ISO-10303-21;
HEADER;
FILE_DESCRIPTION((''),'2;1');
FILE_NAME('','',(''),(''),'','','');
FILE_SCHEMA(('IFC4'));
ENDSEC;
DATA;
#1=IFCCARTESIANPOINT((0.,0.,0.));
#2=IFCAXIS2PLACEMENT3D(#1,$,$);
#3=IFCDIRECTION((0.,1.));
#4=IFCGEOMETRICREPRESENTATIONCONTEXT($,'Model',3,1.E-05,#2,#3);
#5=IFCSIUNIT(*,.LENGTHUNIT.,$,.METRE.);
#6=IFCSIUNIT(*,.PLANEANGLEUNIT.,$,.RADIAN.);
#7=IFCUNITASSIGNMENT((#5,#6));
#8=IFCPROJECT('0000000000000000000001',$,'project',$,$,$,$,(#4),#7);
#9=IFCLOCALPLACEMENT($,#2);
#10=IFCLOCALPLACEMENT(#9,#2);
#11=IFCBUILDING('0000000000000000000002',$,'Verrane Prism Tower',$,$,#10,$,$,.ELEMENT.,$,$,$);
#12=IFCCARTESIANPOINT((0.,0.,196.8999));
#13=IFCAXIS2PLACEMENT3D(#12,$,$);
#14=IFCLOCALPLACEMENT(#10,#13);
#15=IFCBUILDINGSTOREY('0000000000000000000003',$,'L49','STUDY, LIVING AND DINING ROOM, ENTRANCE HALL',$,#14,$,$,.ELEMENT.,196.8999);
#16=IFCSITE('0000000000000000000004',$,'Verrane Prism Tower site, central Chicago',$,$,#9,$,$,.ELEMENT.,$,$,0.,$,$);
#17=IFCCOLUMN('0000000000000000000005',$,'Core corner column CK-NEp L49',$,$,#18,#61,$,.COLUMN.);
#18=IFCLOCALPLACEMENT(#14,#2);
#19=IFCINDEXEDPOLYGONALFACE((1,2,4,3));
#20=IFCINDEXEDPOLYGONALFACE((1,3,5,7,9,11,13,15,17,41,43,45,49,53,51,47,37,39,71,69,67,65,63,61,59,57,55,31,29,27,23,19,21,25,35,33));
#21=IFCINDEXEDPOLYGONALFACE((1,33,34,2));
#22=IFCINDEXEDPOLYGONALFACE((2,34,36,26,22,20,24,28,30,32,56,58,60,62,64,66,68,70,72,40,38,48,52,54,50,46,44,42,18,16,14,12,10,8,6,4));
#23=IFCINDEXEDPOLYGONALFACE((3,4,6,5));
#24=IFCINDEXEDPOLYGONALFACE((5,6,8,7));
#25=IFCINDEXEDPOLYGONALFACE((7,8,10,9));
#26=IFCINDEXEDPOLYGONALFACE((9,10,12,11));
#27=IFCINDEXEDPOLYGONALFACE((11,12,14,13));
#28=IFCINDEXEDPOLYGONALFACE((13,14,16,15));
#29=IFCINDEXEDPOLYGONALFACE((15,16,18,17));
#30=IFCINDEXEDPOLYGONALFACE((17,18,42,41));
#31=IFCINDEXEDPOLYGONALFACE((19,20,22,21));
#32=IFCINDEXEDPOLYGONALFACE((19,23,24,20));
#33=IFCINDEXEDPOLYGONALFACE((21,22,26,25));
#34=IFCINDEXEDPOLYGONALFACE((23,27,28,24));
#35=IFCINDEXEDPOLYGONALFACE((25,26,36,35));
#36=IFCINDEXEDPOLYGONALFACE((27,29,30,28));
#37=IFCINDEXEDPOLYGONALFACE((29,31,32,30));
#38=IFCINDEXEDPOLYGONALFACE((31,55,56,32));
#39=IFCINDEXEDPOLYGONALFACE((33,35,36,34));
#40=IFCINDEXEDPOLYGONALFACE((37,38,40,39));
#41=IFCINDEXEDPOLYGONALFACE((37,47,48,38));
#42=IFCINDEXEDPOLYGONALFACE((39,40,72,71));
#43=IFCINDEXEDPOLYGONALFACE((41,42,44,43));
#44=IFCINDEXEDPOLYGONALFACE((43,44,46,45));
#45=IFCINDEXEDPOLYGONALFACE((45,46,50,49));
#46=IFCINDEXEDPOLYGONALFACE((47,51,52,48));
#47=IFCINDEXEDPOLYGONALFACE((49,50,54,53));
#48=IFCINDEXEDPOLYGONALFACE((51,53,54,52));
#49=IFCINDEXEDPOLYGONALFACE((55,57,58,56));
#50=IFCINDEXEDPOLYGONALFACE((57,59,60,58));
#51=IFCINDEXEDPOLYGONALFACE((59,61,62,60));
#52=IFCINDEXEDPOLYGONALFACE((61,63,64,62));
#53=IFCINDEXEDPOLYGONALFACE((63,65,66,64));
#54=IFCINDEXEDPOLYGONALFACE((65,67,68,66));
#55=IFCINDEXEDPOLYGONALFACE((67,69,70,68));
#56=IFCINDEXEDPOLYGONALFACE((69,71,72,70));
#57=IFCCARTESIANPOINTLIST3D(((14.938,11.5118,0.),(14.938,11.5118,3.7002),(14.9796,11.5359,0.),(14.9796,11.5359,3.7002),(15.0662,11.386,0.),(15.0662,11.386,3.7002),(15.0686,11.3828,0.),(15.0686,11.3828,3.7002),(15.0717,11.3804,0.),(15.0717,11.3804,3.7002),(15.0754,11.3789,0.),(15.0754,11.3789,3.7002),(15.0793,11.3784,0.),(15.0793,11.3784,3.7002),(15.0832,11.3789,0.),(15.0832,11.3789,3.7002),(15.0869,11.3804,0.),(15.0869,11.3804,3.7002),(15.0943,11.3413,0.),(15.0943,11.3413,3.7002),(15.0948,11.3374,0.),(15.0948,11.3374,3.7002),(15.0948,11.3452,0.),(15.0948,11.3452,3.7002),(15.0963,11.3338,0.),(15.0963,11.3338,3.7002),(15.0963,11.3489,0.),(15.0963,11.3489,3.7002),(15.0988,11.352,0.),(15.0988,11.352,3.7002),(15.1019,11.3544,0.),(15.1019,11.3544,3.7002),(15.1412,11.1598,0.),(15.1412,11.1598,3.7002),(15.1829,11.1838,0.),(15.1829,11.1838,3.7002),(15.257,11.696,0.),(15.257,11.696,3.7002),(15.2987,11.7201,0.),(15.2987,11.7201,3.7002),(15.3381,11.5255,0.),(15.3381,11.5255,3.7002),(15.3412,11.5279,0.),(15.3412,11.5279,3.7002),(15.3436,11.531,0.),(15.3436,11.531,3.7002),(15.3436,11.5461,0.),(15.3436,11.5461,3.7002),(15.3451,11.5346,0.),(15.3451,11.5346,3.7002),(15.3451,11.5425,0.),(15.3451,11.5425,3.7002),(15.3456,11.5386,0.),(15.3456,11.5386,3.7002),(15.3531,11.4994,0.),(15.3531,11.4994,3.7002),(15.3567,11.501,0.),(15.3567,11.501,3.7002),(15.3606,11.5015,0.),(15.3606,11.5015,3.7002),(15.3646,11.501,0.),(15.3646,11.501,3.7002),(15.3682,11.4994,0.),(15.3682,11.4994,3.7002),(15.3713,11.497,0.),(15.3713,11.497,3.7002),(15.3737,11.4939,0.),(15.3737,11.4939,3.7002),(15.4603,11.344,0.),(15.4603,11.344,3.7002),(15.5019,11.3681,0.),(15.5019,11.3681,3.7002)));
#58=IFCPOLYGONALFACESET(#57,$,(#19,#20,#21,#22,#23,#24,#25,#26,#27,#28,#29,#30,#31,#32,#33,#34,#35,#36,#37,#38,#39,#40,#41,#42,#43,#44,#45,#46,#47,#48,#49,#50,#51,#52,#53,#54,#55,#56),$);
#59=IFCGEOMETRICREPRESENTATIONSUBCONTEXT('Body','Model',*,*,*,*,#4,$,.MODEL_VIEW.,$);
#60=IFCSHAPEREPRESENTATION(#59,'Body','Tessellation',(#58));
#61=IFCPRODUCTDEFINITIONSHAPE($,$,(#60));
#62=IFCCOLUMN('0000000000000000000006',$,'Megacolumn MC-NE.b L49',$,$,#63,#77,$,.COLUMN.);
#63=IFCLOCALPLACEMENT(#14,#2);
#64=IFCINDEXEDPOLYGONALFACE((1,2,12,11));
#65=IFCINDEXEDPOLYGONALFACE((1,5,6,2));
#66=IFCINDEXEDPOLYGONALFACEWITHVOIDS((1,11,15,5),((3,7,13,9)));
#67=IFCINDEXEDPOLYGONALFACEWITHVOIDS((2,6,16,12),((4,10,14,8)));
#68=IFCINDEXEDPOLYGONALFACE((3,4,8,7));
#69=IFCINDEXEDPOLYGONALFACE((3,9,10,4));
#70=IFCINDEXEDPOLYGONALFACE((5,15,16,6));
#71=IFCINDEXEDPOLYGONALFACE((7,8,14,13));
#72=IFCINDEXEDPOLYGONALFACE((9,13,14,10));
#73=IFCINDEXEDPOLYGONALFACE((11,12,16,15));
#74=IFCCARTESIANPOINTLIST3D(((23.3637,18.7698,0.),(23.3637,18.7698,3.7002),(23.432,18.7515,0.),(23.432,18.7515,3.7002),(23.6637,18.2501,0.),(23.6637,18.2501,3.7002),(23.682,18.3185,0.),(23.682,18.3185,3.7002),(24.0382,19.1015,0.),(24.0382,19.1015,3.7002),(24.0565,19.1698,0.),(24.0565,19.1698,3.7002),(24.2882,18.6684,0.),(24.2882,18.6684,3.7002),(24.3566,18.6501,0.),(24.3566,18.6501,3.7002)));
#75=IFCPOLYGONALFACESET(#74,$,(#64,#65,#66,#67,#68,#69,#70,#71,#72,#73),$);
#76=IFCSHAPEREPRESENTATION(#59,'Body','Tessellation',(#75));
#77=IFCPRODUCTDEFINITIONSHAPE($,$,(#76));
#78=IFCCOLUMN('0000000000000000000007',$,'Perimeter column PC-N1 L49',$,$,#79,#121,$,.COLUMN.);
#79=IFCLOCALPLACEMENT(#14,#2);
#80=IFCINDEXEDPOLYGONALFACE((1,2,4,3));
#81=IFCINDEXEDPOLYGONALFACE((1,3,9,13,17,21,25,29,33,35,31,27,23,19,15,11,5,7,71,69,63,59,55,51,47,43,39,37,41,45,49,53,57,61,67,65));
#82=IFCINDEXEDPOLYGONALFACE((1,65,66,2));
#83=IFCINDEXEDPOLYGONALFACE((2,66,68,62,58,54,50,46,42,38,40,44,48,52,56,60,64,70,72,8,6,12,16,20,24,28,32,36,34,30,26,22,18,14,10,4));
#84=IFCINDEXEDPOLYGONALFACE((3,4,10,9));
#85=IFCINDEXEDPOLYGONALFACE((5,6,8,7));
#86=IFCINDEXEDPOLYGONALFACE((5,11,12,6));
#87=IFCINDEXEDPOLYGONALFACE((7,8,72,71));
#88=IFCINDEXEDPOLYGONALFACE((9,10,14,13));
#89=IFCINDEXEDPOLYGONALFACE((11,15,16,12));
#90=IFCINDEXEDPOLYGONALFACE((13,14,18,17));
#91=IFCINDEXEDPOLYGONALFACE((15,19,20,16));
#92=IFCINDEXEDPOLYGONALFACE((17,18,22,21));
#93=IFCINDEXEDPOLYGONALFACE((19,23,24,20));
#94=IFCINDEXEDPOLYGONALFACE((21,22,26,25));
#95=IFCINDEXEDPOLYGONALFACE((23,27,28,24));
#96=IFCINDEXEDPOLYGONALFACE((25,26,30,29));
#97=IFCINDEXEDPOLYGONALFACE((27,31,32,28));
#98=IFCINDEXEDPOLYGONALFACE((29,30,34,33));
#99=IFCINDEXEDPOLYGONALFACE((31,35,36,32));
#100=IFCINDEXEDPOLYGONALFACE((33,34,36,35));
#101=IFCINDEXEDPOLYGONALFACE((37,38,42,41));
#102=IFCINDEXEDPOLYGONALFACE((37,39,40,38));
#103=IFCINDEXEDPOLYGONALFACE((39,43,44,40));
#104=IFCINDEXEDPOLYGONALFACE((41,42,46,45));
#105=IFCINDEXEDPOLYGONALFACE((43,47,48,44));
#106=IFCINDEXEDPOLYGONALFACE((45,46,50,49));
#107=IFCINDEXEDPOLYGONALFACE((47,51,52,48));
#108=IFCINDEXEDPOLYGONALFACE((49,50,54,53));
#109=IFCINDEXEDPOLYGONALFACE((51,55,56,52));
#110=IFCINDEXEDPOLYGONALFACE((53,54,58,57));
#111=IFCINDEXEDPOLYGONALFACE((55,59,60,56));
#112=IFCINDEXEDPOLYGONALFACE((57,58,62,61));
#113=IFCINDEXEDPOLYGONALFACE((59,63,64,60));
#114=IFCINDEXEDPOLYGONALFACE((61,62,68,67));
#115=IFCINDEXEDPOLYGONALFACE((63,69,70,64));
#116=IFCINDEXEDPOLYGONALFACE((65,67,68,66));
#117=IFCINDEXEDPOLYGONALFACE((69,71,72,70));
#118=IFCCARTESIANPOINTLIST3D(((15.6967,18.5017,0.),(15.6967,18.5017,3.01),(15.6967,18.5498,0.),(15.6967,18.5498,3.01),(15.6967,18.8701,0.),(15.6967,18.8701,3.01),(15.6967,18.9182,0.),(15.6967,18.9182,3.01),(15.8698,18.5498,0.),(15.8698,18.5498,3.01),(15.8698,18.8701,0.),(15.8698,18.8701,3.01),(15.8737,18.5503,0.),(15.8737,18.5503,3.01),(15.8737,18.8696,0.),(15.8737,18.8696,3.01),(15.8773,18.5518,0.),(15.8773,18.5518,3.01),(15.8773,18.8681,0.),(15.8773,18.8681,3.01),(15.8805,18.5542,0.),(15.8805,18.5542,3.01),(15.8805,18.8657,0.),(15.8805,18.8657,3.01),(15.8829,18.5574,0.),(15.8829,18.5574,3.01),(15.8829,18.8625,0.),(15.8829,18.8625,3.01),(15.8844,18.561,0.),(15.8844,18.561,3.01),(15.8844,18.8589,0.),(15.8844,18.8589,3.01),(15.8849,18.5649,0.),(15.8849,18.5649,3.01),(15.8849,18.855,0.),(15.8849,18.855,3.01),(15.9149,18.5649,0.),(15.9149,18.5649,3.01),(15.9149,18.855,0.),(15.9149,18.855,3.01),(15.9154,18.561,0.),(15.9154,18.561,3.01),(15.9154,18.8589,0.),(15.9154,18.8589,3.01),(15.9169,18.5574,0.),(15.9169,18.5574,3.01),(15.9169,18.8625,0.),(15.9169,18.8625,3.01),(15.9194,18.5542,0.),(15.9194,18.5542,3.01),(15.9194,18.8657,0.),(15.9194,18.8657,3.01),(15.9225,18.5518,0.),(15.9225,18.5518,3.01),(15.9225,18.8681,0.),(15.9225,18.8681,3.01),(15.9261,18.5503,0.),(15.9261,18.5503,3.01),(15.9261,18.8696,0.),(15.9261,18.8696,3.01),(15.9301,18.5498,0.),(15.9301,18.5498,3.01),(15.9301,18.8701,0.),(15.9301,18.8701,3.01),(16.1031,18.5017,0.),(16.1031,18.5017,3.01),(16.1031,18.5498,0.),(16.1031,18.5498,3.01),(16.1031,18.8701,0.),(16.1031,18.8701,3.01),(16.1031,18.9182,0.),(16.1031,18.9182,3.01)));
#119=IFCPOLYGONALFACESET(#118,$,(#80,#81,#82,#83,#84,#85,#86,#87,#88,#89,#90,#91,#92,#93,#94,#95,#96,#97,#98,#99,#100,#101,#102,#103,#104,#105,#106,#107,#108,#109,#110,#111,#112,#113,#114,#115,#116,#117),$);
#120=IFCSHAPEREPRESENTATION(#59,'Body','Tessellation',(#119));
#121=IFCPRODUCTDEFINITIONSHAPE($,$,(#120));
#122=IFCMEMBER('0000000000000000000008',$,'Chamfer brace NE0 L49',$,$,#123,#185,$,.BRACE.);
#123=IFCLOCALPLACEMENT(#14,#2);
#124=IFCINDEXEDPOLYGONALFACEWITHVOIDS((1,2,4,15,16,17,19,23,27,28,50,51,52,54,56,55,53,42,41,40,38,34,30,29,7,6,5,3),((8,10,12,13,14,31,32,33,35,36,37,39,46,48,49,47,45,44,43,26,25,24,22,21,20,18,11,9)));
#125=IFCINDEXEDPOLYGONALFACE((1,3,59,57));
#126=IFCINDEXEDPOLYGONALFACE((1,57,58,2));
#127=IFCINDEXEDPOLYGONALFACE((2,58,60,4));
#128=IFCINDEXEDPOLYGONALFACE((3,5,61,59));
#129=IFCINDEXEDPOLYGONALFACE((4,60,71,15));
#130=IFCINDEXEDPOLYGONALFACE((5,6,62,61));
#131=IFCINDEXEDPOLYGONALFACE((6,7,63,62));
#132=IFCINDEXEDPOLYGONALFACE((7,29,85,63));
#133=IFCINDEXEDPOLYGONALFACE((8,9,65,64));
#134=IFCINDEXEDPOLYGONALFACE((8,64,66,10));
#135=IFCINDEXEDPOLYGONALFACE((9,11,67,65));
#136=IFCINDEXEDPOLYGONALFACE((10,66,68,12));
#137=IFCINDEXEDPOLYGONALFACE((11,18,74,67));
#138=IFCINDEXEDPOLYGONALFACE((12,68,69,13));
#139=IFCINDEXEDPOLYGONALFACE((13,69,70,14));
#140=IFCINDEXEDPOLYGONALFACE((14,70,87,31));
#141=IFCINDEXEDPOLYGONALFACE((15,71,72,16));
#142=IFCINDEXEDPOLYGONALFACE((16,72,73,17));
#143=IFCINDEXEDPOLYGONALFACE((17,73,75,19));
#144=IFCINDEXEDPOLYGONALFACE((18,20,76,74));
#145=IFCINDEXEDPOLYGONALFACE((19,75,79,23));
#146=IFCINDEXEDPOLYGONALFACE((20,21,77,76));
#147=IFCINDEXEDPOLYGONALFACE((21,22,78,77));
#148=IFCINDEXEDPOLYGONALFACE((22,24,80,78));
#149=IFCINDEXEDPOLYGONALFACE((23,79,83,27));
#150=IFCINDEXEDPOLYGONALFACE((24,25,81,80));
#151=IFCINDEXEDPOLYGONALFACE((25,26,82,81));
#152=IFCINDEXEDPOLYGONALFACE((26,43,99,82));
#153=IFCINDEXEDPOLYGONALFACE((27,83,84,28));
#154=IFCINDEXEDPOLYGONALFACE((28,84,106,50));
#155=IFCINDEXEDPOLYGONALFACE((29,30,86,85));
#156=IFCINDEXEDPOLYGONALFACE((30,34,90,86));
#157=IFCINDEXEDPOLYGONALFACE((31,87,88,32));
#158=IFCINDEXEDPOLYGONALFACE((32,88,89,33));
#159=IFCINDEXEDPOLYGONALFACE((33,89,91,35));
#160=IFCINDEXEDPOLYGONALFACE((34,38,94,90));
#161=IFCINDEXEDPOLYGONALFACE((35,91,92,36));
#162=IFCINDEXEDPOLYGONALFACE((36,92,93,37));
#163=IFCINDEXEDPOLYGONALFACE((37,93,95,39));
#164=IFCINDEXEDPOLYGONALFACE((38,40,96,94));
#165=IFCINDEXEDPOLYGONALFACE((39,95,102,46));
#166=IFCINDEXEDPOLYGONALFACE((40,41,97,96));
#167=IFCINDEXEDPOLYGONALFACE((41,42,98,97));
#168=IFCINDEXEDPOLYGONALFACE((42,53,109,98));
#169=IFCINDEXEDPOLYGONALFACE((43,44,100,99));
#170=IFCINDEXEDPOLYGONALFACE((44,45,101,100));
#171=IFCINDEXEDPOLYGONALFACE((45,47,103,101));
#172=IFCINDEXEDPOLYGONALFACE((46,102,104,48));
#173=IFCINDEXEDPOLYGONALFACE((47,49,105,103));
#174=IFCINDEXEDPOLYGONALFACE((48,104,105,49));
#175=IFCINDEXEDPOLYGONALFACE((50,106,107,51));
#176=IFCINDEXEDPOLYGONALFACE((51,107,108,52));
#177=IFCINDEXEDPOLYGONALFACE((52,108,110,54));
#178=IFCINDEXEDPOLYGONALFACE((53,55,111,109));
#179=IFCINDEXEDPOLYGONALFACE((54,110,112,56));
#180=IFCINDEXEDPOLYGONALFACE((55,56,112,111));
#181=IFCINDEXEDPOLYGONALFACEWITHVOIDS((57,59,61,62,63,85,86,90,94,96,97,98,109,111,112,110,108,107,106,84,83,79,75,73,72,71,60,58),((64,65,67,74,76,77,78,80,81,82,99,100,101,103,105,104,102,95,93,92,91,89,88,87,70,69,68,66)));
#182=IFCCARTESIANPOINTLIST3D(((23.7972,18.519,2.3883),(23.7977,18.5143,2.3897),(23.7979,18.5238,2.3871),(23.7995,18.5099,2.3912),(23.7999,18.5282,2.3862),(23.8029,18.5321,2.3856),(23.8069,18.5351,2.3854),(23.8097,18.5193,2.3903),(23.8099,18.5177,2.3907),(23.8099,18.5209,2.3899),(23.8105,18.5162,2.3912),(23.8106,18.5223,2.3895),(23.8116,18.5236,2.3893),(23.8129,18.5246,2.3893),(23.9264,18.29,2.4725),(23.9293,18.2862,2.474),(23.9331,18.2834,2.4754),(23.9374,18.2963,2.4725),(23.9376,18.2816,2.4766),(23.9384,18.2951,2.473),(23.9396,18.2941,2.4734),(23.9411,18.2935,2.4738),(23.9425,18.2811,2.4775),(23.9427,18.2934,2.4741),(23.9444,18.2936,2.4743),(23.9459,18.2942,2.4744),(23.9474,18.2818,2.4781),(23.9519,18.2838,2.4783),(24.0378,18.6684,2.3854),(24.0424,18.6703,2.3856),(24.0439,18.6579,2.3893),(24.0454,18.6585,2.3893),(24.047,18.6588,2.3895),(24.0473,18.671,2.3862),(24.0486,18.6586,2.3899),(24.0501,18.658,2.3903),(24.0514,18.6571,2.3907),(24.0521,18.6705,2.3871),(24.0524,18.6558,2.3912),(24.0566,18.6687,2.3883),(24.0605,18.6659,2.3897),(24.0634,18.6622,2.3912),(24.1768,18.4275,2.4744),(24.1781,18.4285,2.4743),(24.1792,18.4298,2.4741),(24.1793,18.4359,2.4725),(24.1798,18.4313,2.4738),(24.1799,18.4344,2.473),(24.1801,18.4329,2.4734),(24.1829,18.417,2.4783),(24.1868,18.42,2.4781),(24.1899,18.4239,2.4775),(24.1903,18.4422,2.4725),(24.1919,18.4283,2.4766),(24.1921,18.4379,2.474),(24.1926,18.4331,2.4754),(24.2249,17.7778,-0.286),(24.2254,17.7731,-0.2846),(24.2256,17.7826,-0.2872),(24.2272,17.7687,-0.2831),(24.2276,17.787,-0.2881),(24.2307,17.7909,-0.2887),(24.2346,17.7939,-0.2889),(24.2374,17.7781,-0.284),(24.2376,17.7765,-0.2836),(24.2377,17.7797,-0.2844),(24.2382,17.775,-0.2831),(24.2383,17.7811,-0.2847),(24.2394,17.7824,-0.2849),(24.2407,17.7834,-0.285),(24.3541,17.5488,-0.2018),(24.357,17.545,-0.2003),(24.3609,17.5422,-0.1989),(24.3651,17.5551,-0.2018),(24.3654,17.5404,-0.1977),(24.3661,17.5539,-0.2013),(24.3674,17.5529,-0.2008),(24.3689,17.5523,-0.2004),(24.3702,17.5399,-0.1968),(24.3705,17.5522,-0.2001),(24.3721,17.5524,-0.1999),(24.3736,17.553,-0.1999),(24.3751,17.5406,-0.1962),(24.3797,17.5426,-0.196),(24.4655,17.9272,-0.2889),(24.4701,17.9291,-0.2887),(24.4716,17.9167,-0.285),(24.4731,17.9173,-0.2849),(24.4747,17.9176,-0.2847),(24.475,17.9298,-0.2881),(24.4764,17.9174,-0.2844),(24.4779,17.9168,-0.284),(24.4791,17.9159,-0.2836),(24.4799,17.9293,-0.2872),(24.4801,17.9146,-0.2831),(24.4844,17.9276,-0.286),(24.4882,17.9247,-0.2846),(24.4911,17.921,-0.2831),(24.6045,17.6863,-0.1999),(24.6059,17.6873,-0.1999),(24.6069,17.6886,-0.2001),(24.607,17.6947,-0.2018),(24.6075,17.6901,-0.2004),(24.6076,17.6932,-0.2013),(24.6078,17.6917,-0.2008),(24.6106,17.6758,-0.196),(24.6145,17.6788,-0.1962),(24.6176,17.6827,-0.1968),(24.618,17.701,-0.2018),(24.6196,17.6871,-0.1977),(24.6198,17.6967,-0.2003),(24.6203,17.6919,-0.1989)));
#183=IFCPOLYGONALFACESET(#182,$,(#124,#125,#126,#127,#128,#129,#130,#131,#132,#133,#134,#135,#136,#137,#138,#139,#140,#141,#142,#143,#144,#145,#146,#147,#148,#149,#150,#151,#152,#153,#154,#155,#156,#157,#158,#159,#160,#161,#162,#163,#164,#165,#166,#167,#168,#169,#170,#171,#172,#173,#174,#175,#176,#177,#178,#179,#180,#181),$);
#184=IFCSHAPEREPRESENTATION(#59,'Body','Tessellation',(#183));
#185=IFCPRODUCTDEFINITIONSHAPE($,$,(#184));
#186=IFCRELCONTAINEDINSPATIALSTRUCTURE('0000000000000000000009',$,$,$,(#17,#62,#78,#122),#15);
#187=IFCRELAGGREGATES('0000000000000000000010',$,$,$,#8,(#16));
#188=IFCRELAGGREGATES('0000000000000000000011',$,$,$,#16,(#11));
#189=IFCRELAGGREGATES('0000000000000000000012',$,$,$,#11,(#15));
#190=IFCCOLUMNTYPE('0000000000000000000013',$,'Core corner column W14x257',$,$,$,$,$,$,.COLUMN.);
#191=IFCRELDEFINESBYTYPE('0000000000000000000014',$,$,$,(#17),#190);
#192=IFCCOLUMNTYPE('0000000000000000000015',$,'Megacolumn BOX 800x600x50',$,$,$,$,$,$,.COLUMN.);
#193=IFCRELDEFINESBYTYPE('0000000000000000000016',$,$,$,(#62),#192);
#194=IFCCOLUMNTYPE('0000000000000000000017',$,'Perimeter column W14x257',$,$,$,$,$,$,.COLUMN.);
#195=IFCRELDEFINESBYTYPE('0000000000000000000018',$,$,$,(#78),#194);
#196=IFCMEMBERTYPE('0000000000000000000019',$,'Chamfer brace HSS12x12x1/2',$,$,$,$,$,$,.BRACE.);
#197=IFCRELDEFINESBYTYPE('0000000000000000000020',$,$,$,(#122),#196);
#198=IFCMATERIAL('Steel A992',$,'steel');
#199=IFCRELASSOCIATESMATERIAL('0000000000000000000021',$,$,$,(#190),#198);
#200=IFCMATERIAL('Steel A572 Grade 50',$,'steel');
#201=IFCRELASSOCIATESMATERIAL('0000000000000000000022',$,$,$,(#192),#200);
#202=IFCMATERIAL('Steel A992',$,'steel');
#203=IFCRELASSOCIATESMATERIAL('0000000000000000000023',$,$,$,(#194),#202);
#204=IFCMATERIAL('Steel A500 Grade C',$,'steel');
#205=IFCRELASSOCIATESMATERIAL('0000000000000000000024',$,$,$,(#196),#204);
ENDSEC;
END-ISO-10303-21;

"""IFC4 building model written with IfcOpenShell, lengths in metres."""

from ifc_helpers import new_model, si_unit, direction, frame, origin, origin_2d, place, context, subcontext, project, spatial, hollow_rectangle, i_section, extrude, material, material_profile, profile_set, type_object, element, save


model = new_model("IFC4")

# Units and contexts
model_context = context("Model", 3, precision=1e-05, world=origin(), true_north=direction((0.0, 1.0)))
body_context = subcontext(model_context, "Body", "Model", "MODEL_VIEW")
ifc_project = project(units=[si_unit("LENGTHUNIT", "METRE"), si_unit("PLANEANGLEUNIT", "RADIAN")], contexts=[model_context])

# Site, building, storey
site_placement = place(None, origin())
site = spatial("IfcSite", under=ifc_project, at=site_placement, Name="Verrane Prism Tower site, central Chicago", CompositionType="ELEMENT", RefElevation=0.0)
building_placement = place(site_placement, origin())
building = spatial("IfcBuilding", under=site, at=building_placement, Name="Verrane Prism Tower", CompositionType="ELEMENT")
storey_placement = place(building_placement, frame((0.0, 0.0, 196.8999)))
storey = spatial("IfcBuildingStorey", under=building, at=storey_placement, Name="L49", Description="STUDY, LIVING AND DINING ROOM, ENTRANCE HALL", CompositionType="ELEMENT", Elevation=196.8999)

# Columns
ifc_material_1 = material(Name="Steel A992", Category="steel")
ifc_material_profile_1 = material_profile(ifc_material_1, i_section(OverallWidth=0.4065, OverallDepth=0.4165, WebThickness=0.03, FlangeThickness=0.0481, FilletRadius=0.0151, at=origin_2d()), Name="W14x257")
ifc_profile_set_1 = profile_set([ifc_material_profile_1], Name="Steel A992")
column_type_1 = type_object("IfcColumnType", Name="Core corner column W14x257", PredefinedType="COLUMN", material=ifc_profile_set_1)
column_1_placement = place(storey_placement, frame((15.22, 11.4399, 0.0), z_axis=(0.0, 0.0, 1.0), x_axis=(0.5, -0.866025, 0.0)))
element("IfcColumn", 1, at=column_1_placement, inside=storey, type_object=column_type_1, Name="Core corner column CK-NEp L49", PredefinedType="COLUMN", context=body_context, shape_type="SweptSolid", body=[
    extrude(i_section(OverallWidth=0.4065, OverallDepth=0.4165, WebThickness=0.03, FlangeThickness=0.0481, FilletRadius=0.0151, at=origin_2d()), origin(), (0.0, 0.0, 1.0), 3.7002),
])
ifc_material_2 = material(Name="Steel A572 Grade 50", Category="steel")
ifc_material_profile_2 = material_profile(ifc_material_2, hollow_rectangle(XDim=0.6001, YDim=0.8, WallThickness=0.05, at=origin_2d()), Name="BOX 800x600x50")
ifc_profile_set_2 = profile_set([ifc_material_profile_2], Name="Steel A572 Grade 50")
column_type_2 = type_object("IfcColumnType", Name="Megacolumn BOX 800x600x50", PredefinedType="COLUMN", material=ifc_profile_set_2)
column_2_placement = place(storey_placement, frame((23.8601, 18.71, 0.0), z_axis=(0.0, 0.0, 1.0), x_axis=(0.5, -0.866025, 0.0)))
element("IfcColumn", 2, at=column_2_placement, inside=storey, type_object=column_type_2, Name="Megacolumn MC-NE.b L49", PredefinedType="COLUMN", context=body_context, shape_type="SweptSolid", body=[
    extrude(hollow_rectangle(XDim=0.6001, YDim=0.8, WallThickness=0.05, at=origin_2d()), origin(), (0.0, 0.0, 1.0), 3.7002),
])
ifc_material_3 = material(Name="Steel A992", Category="steel")
ifc_material_profile_3 = material_profile(ifc_material_3, i_section(OverallWidth=0.4065, OverallDepth=0.4165, WebThickness=0.03, FlangeThickness=0.0481, FilletRadius=0.0151, at=origin_2d()), Name="W14x257")
ifc_profile_set_3 = profile_set([ifc_material_profile_3], Name="Steel A992")
column_type_3 = type_object("IfcColumnType", Name="Perimeter column W14x257", PredefinedType="COLUMN", material=ifc_profile_set_3)
column_3_placement = place(storey_placement, frame((15.8999, 18.71, 0.0), z_axis=(0.0, 0.0, 1.0), x_axis=(1.0, 0.0, 0.0)))
element("IfcColumn", 3, at=column_3_placement, inside=storey, type_object=column_type_3, Name="Perimeter column PC-N1 L49", PredefinedType="COLUMN", context=body_context, shape_type="SweptSolid", body=[
    extrude(i_section(OverallWidth=0.4065, OverallDepth=0.4165, WebThickness=0.03, FlangeThickness=0.0481, FilletRadius=0.0151, at=origin_2d()), origin(), (0.0, 0.0, 1.0), 3.01),
])

# Member
ifc_material_4 = material(Name="Steel A500 Grade C", Category="steel")
ifc_material_profile_4 = material_profile(ifc_material_4, hollow_rectangle(XDim=0.3047, YDim=0.3047, WallThickness=0.0127, InnerFilletRadius=0.0063, OuterFilletRadius=0.019, at=origin_2d()), Name="HSS12x12x1/2")
ifc_profile_set_4 = profile_set([ifc_material_profile_4], Name="Steel A500 Grade C")
member_type_1 = type_object("IfcMemberType", Name="Chamfer brace HSS12x12x1/2", PredefinedType="BRACE", material=ifc_profile_set_4)
member_1_placement = place(storey_placement, frame((24.4226, 17.7349, -0.2424), z_axis=(-0.152332, 0.263973, 0.952425), x_axis=(-0.866129, -0.499821, 0.0)))
element("IfcMember", 4, at=member_1_placement, inside=storey, type_object=member_type_1, Name="Chamfer brace NE0 L49", PredefinedType="BRACE", context=body_context, shape_type="SweptSolid", body=[
    extrude(hollow_rectangle(XDim=0.3047, YDim=0.3047, WallThickness=0.0127, InnerFilletRadius=0.0063, OuterFilletRadius=0.019, at=origin_2d()), origin(), (0.0, 0.0, 1.0), 2.8079),
])

save(model, "model.ifc")
